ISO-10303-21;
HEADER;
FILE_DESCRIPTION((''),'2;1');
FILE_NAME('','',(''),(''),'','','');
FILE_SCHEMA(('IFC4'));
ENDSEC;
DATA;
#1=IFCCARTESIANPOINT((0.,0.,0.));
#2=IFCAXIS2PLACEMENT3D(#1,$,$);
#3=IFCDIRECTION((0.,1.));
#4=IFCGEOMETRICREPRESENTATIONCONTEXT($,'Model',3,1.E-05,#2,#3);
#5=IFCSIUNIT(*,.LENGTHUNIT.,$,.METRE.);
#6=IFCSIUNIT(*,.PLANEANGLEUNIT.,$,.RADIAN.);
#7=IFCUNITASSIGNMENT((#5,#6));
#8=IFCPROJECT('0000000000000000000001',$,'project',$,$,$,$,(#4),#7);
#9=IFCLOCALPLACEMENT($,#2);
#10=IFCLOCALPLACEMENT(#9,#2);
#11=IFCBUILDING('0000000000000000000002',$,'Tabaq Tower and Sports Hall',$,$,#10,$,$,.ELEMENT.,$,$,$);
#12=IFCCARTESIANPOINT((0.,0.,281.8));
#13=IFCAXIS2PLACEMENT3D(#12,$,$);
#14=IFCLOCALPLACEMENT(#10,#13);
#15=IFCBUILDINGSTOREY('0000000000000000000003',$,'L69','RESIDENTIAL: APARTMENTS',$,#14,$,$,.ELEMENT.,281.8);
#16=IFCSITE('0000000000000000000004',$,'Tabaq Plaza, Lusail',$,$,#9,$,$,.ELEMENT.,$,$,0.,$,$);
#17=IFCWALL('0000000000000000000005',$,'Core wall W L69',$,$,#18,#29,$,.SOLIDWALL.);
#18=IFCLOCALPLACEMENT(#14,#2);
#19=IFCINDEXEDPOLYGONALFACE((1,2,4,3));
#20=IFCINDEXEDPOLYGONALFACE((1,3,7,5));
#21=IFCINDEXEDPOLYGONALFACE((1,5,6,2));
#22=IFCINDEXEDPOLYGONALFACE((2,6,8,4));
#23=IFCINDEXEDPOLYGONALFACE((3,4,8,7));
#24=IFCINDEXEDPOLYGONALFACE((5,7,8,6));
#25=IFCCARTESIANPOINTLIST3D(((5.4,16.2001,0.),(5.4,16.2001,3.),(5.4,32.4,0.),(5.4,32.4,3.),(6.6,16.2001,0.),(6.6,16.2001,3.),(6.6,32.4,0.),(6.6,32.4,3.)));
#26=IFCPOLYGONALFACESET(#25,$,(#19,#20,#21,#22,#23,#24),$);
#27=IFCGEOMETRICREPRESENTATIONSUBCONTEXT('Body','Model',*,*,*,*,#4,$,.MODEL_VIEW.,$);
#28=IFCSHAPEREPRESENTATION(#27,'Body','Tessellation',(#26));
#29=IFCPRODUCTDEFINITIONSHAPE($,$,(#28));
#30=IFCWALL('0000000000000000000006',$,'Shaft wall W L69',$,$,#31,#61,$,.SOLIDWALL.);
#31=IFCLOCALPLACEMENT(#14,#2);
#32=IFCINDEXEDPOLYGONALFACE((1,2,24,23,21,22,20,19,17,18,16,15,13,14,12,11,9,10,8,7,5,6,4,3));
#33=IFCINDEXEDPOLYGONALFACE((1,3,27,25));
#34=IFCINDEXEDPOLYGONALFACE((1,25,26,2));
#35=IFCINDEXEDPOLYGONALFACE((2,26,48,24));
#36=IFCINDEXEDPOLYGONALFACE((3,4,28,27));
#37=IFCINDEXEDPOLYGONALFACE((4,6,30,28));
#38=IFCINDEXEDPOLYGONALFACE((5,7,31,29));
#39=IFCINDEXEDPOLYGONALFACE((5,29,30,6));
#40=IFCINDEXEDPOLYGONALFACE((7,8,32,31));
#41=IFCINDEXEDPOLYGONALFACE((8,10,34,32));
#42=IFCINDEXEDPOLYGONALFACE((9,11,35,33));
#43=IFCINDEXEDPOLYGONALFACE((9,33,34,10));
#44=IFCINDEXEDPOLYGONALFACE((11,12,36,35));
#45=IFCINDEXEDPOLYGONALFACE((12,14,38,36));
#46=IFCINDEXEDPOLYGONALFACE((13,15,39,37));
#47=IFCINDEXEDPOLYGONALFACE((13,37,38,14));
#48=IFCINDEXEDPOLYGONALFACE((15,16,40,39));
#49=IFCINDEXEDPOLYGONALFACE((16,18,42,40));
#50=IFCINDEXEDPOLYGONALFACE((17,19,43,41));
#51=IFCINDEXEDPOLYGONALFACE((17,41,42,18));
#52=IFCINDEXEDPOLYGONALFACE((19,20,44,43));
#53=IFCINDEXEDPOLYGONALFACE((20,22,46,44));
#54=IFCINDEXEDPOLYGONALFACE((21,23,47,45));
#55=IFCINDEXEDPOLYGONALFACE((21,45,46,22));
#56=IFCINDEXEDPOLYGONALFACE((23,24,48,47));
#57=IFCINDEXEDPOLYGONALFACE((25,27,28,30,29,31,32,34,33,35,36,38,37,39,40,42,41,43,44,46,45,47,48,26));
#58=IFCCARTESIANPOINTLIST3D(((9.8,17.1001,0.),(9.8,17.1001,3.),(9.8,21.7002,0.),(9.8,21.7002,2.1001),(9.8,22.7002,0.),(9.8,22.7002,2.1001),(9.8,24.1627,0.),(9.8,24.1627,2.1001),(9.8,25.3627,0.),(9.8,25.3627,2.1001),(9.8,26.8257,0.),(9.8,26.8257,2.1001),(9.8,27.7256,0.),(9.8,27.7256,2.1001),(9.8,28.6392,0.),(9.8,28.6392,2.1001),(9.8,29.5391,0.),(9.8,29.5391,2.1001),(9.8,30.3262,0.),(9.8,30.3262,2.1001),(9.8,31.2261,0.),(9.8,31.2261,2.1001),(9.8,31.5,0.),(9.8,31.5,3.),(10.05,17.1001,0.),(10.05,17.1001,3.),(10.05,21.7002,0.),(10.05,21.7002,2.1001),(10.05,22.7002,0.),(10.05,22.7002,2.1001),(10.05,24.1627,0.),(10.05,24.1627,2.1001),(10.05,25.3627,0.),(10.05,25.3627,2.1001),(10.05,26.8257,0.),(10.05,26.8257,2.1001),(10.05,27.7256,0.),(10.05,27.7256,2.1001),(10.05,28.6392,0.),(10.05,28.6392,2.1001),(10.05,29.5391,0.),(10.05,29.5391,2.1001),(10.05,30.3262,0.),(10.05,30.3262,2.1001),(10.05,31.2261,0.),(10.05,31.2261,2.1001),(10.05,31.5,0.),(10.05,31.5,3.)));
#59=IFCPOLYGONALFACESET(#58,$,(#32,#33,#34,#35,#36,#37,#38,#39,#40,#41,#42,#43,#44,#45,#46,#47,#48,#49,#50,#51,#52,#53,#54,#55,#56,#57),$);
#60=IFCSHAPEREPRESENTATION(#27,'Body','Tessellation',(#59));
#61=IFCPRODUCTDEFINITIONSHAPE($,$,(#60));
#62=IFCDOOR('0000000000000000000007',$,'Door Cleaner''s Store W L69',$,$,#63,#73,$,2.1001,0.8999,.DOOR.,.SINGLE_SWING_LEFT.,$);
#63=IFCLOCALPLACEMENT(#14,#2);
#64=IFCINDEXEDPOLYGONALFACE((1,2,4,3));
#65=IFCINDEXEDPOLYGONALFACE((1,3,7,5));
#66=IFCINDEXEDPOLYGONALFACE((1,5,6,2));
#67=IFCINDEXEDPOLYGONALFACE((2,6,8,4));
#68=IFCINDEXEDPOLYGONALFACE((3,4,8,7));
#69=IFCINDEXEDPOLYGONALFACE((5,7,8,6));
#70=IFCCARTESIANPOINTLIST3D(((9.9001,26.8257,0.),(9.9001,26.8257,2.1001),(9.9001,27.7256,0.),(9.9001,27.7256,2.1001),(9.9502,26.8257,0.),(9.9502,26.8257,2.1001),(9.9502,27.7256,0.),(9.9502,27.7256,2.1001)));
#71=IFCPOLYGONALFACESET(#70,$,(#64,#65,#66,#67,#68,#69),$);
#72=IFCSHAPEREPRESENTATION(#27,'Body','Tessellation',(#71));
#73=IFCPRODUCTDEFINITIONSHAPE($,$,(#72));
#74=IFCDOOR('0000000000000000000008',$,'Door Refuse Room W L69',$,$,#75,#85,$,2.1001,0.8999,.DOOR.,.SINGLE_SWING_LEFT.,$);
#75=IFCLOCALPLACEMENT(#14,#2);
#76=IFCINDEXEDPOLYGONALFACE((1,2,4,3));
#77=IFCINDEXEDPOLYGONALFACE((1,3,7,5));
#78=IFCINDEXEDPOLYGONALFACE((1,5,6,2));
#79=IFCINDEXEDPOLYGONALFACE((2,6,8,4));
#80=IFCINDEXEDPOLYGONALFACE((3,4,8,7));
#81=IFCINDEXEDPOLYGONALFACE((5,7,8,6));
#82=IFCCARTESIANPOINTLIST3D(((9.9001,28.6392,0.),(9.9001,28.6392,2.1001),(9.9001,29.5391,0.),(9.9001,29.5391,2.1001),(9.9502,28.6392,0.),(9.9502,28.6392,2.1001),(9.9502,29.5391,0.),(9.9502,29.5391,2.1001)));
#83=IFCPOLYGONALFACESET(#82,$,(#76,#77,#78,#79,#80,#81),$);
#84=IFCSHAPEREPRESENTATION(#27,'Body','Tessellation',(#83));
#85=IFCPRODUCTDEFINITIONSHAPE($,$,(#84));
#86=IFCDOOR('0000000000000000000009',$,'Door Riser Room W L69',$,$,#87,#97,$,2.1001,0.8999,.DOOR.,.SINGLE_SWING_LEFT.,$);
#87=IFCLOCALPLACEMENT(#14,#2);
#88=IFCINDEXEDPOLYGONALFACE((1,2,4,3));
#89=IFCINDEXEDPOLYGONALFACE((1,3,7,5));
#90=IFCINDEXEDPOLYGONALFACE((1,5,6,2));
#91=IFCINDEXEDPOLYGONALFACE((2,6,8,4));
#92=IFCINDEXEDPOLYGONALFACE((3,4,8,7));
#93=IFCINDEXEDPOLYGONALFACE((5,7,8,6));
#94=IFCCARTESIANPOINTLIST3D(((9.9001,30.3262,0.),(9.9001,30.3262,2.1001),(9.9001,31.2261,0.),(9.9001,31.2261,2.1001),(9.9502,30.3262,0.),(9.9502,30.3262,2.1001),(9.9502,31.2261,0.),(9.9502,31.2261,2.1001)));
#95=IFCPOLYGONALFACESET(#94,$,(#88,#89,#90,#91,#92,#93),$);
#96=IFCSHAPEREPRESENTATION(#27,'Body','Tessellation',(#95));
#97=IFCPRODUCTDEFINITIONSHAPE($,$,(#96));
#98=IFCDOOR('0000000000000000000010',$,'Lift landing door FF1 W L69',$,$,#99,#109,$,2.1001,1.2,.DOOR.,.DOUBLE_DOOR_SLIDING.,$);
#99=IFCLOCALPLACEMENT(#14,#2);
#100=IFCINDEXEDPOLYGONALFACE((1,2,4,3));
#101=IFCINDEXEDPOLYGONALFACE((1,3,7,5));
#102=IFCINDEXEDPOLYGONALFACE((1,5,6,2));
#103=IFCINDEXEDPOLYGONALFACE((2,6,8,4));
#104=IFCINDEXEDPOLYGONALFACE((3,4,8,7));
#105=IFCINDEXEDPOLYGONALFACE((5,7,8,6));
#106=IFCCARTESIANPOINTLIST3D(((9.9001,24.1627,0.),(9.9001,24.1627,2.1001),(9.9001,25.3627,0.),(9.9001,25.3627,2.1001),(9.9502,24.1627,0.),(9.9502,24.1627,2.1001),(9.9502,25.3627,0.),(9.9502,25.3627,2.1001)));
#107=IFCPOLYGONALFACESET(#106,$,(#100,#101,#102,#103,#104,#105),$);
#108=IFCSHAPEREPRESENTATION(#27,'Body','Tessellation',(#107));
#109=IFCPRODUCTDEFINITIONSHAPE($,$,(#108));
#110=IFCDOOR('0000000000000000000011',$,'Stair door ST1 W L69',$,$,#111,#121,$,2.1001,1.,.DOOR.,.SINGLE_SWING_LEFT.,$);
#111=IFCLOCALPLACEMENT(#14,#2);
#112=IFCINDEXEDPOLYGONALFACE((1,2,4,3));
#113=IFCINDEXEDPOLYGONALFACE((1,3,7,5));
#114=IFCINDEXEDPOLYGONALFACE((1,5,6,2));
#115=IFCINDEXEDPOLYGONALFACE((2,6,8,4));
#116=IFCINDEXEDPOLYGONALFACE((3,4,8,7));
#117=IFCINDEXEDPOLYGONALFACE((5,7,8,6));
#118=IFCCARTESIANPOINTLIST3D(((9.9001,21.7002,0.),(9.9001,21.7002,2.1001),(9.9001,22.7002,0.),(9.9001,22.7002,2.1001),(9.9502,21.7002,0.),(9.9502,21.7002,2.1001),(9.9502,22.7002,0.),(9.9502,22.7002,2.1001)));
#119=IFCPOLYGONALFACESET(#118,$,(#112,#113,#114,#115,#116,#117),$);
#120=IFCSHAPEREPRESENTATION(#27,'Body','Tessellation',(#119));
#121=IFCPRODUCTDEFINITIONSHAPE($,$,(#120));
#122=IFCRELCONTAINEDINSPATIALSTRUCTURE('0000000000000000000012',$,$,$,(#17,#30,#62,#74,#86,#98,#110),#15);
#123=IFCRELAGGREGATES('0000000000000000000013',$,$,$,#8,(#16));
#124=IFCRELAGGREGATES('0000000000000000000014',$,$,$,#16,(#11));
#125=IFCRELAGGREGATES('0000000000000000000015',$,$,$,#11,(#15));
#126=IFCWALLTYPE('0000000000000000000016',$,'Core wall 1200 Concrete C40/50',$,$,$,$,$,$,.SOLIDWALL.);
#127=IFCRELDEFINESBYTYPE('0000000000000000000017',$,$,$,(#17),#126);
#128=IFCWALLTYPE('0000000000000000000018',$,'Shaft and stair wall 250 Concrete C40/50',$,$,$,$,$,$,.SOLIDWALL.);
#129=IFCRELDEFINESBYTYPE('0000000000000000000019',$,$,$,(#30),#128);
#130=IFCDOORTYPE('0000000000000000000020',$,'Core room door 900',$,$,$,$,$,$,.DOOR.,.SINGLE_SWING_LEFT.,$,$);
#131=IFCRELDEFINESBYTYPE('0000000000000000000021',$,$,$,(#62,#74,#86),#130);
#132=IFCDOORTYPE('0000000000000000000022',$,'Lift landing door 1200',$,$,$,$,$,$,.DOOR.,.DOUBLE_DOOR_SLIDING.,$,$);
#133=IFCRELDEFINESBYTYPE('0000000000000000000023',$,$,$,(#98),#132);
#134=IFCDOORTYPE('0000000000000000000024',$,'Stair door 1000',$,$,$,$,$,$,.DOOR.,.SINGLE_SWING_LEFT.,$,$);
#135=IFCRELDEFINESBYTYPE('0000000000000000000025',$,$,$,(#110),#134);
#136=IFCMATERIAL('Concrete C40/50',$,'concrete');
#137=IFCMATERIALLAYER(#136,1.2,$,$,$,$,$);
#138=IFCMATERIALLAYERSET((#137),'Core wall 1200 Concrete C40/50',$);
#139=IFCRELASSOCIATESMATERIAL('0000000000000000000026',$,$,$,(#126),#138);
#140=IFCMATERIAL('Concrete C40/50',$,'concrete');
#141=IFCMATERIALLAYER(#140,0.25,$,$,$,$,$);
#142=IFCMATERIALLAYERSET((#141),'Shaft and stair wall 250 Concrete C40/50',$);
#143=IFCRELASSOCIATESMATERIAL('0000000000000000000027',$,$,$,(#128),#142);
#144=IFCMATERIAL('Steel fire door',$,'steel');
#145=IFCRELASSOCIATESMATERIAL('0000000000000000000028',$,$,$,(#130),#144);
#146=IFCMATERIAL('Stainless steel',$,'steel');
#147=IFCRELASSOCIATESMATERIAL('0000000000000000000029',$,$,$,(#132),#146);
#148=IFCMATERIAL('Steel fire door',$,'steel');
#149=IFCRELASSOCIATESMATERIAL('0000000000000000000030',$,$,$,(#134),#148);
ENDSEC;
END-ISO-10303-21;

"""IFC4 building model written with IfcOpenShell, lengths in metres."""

from ifc_helpers import new_model, si_unit, direction, frame, frame_2d, origin, place, context, subcontext, project, spatial, rectangle, extrude, material, layer, layer_set, type_object, element, fill, save


model = new_model("IFC4")

# Units and contexts
model_context = context("Model", 3, precision=1e-05, world=origin(), true_north=direction((0.0, 1.0)))
body_context = subcontext(model_context, "Body", "Model", "MODEL_VIEW")
ifc_project = project(units=[si_unit("LENGTHUNIT", "METRE"), si_unit("PLANEANGLEUNIT", "RADIAN")], contexts=[model_context])

# Site, building, storey
site_placement = place(None, origin())
site = spatial("IfcSite", under=ifc_project, at=site_placement, Name="Tabaq Plaza, Lusail", CompositionType="ELEMENT", RefElevation=0.0)
building_placement = place(site_placement, origin())
building = spatial("IfcBuilding", under=site, at=building_placement, Name="Tabaq Tower and Sports Hall", CompositionType="ELEMENT")
storey_placement = place(building_placement, frame((0.0, 0.0, 281.8)))
storey = spatial("IfcBuildingStorey", under=building, at=storey_placement, Name="L69", Description="RESIDENTIAL: APARTMENTS", CompositionType="ELEMENT", Elevation=281.8)

# Wall
ifc_material_1 = material(Name="Concrete C40/50", Category="concrete")
ifc_layer_1 = layer(ifc_material_1, 1.2)
ifc_layer_set_1 = layer_set([ifc_layer_1], Name="Core wall 1200 Concrete C40/50")
wall_type_1 = type_object("IfcWallType", Name="Core wall 1200 Concrete C40/50", PredefinedType="SOLIDWALL", material=ifc_layer_set_1)
wall_1_placement = place(storey_placement, frame((6.0, 16.2, 0.0), z_axis=(0.0, 0.0, 1.0), x_axis=(0.0, 1.0, 0.0)))
element("IfcWall", 1, at=wall_1_placement, inside=storey, type_object=wall_type_1, Name="Core wall W L69", PredefinedType="SOLIDWALL", context=body_context, shape_type="SweptSolid", body=[
    extrude(rectangle(XDim=16.2, YDim=1.2, at=frame_2d((8.1001, 0.0))), origin(), (0.0, 0.0, 1.0), 3.0),
])

# Wall, openings, doors
ifc_material_2 = material(Name="Concrete C40/50", Category="concrete")
ifc_layer_2 = layer(ifc_material_2, 0.25)
ifc_layer_set_2 = layer_set([ifc_layer_2], Name="Shaft and stair wall 250 Concrete C40/50")
wall_type_2 = type_object("IfcWallType", Name="Shaft and stair wall 250 Concrete C40/50", PredefinedType="SOLIDWALL", material=ifc_layer_set_2)
wall_2_placement = place(storey_placement, frame((9.925, 17.1001, 0.0), z_axis=(0.0, 0.0, 1.0), x_axis=(0.0, 1.0, 0.0)))
wall_2 = element("IfcWall", 2, at=wall_2_placement, inside=storey, type_object=wall_type_2, Name="Shaft wall W L69", PredefinedType="SOLIDWALL", context=body_context, shape_type="SweptSolid", body=[
    extrude(rectangle(XDim=14.3999, YDim=0.25, at=frame_2d((7.2, 0.0))), origin(), (0.0, 0.0, 1.0), 3.0),
])
opening_1_placement = place(wall_2_placement, frame((4.6001, 0.0, 0.0)))
opening_1 = element("IfcOpeningElement", 3, at=opening_1_placement, cuts=wall_2, PredefinedType="OPENING", context=body_context, shape_type="SweptSolid", body=[
    extrude(rectangle(XDim=1.0, YDim=2.1001, at=frame_2d((0.5, 1.05))), frame((0.0, 0.125, 0.0), z_axis=(0.0, -1.0, 0.0), x_axis=(1.0, 0.0, 0.0)), (0.0, 0.0, 1.0), 0.25),
])
opening_2_placement = place(wall_2_placement, frame((7.0625, 0.0, 0.0)))
opening_2 = element("IfcOpeningElement", 4, at=opening_2_placement, cuts=wall_2, PredefinedType="OPENING", context=body_context, shape_type="SweptSolid", body=[
    extrude(rectangle(XDim=1.2, YDim=2.1001, at=frame_2d((0.6001, 1.05))), frame((0.0, 0.125, 0.0), z_axis=(0.0, -1.0, 0.0), x_axis=(1.0, 0.0, 0.0)), (0.0, 0.0, 1.0), 0.25),
])
opening_3_placement = place(wall_2_placement, frame((9.7256, 0.0, 0.0)))
opening_3 = element("IfcOpeningElement", 5, at=opening_3_placement, cuts=wall_2, PredefinedType="OPENING", context=body_context, shape_type="SweptSolid", body=[
    extrude(rectangle(XDim=0.8999, YDim=2.1001, at=frame_2d((0.45, 1.05))), frame((0.0, 0.125, 0.0), z_axis=(0.0, -1.0, 0.0), x_axis=(1.0, 0.0, 0.0)), (0.0, 0.0, 1.0), 0.25),
])
opening_4_placement = place(wall_2_placement, frame((11.5391, 0.0, 0.0)))
opening_4 = element("IfcOpeningElement", 6, at=opening_4_placement, cuts=wall_2, PredefinedType="OPENING", context=body_context, shape_type="SweptSolid", body=[
    extrude(rectangle(XDim=0.8999, YDim=2.1001, at=frame_2d((0.45, 1.05))), frame((0.0, 0.125, 0.0), z_axis=(0.0, -1.0, 0.0), x_axis=(1.0, 0.0, 0.0)), (0.0, 0.0, 1.0), 0.25),
])
opening_5_placement = place(wall_2_placement, frame((13.2261, 0.0, 0.0)))
opening_5 = element("IfcOpeningElement", 7, at=opening_5_placement, cuts=wall_2, PredefinedType="OPENING", context=body_context, shape_type="SweptSolid", body=[
    extrude(rectangle(XDim=0.8999, YDim=2.1001, at=frame_2d((0.45, 1.05))), frame((0.0, 0.125, 0.0), z_axis=(0.0, -1.0, 0.0), x_axis=(1.0, 0.0, 0.0)), (0.0, 0.0, 1.0), 0.25),
])
ifc_material_3 = material(Name="Steel fire door", Category="steel")
door_type_1 = type_object("IfcDoorType", Name="Core room door 900", OperationType="SINGLE_SWING_LEFT", PredefinedType="DOOR", material=ifc_material_3)
door_1_placement = place(opening_3_placement, origin())
door_1 = element("IfcDoor", 8, at=door_1_placement, inside=storey, type_object=door_type_1, Name="Door Cleaner's Store W L69", OperationType="SINGLE_SWING_LEFT", OverallHeight=2.1001, OverallWidth=0.8999, PredefinedType="DOOR", context=body_context, shape_type="SweptSolid", body=[
    extrude(rectangle(XDim=0.8999, YDim=2.1001, at=frame_2d((0.45, 1.05))), frame((0.0, 0.0249, 0.0), z_axis=(0.0, -1.0, 0.0), x_axis=(1.0, 0.0, 0.0)), (0.0, 0.0, 1.0), 0.05),
])
fill(opening_3, door_1)
door_2_placement = place(opening_4_placement, origin())
door_2 = element("IfcDoor", 9, at=door_2_placement, inside=storey, type_object=door_type_1, Name="Door Refuse Room W L69", OperationType="SINGLE_SWING_LEFT", OverallHeight=2.1001, OverallWidth=0.8999, PredefinedType="DOOR", context=body_context, shape_type="SweptSolid", body=[
    extrude(rectangle(XDim=0.8999, YDim=2.1001, at=frame_2d((0.45, 1.05))), frame((0.0, 0.0249, 0.0), z_axis=(0.0, -1.0, 0.0), x_axis=(1.0, 0.0, 0.0)), (0.0, 0.0, 1.0), 0.05),
])
fill(opening_4, door_2)
door_3_placement = place(opening_5_placement, origin())
door_3 = element("IfcDoor", 10, at=door_3_placement, inside=storey, type_object=door_type_1, Name="Door Riser Room W L69", OperationType="SINGLE_SWING_LEFT", OverallHeight=2.1001, OverallWidth=0.8999, PredefinedType="DOOR", context=body_context, shape_type="SweptSolid", body=[
    extrude(rectangle(XDim=0.8999, YDim=2.1001, at=frame_2d((0.45, 1.05))), frame((0.0, 0.0249, 0.0), z_axis=(0.0, -1.0, 0.0), x_axis=(1.0, 0.0, 0.0)), (0.0, 0.0, 1.0), 0.05),
])
fill(opening_5, door_3)
ifc_material_4 = material(Name="Stainless steel", Category="steel")
door_type_2 = type_object("IfcDoorType", Name="Lift landing door 1200", OperationType="DOUBLE_DOOR_SLIDING", PredefinedType="DOOR", material=ifc_material_4)
door_4_placement = place(opening_2_placement, origin())
door_4 = element("IfcDoor", 11, at=door_4_placement, inside=storey, type_object=door_type_2, Name="Lift landing door FF1 W L69", OperationType="DOUBLE_DOOR_SLIDING", OverallHeight=2.1001, OverallWidth=1.2, PredefinedType="DOOR", context=body_context, shape_type="SweptSolid", body=[
    extrude(rectangle(XDim=1.2, YDim=2.1001, at=frame_2d((0.6001, 1.05))), frame((0.0, 0.0249, 0.0), z_axis=(0.0, -1.0, 0.0), x_axis=(1.0, 0.0, 0.0)), (0.0, 0.0, 1.0), 0.05),
])
fill(opening_2, door_4)
ifc_material_5 = material(Name="Steel fire door", Category="steel")
door_type_3 = type_object("IfcDoorType", Name="Stair door 1000", OperationType="SINGLE_SWING_LEFT", PredefinedType="DOOR", material=ifc_material_5)
door_5_placement = place(opening_1_placement, origin())
door_5 = element("IfcDoor", 12, at=door_5_placement, inside=storey, type_object=door_type_3, Name="Stair door ST1 W L69", OperationType="SINGLE_SWING_LEFT", OverallHeight=2.1001, OverallWidth=1.0, PredefinedType="DOOR", context=body_context, shape_type="SweptSolid", body=[
    extrude(rectangle(XDim=1.0, YDim=2.1001, at=frame_2d((0.5, 1.05))), frame((0.0, 0.0249, 0.0), z_axis=(0.0, -1.0, 0.0), x_axis=(1.0, 0.0, 0.0)), (0.0, 0.0, 1.0), 0.05),
])
fill(opening_1, door_5)

save(model, "model.ifc")
